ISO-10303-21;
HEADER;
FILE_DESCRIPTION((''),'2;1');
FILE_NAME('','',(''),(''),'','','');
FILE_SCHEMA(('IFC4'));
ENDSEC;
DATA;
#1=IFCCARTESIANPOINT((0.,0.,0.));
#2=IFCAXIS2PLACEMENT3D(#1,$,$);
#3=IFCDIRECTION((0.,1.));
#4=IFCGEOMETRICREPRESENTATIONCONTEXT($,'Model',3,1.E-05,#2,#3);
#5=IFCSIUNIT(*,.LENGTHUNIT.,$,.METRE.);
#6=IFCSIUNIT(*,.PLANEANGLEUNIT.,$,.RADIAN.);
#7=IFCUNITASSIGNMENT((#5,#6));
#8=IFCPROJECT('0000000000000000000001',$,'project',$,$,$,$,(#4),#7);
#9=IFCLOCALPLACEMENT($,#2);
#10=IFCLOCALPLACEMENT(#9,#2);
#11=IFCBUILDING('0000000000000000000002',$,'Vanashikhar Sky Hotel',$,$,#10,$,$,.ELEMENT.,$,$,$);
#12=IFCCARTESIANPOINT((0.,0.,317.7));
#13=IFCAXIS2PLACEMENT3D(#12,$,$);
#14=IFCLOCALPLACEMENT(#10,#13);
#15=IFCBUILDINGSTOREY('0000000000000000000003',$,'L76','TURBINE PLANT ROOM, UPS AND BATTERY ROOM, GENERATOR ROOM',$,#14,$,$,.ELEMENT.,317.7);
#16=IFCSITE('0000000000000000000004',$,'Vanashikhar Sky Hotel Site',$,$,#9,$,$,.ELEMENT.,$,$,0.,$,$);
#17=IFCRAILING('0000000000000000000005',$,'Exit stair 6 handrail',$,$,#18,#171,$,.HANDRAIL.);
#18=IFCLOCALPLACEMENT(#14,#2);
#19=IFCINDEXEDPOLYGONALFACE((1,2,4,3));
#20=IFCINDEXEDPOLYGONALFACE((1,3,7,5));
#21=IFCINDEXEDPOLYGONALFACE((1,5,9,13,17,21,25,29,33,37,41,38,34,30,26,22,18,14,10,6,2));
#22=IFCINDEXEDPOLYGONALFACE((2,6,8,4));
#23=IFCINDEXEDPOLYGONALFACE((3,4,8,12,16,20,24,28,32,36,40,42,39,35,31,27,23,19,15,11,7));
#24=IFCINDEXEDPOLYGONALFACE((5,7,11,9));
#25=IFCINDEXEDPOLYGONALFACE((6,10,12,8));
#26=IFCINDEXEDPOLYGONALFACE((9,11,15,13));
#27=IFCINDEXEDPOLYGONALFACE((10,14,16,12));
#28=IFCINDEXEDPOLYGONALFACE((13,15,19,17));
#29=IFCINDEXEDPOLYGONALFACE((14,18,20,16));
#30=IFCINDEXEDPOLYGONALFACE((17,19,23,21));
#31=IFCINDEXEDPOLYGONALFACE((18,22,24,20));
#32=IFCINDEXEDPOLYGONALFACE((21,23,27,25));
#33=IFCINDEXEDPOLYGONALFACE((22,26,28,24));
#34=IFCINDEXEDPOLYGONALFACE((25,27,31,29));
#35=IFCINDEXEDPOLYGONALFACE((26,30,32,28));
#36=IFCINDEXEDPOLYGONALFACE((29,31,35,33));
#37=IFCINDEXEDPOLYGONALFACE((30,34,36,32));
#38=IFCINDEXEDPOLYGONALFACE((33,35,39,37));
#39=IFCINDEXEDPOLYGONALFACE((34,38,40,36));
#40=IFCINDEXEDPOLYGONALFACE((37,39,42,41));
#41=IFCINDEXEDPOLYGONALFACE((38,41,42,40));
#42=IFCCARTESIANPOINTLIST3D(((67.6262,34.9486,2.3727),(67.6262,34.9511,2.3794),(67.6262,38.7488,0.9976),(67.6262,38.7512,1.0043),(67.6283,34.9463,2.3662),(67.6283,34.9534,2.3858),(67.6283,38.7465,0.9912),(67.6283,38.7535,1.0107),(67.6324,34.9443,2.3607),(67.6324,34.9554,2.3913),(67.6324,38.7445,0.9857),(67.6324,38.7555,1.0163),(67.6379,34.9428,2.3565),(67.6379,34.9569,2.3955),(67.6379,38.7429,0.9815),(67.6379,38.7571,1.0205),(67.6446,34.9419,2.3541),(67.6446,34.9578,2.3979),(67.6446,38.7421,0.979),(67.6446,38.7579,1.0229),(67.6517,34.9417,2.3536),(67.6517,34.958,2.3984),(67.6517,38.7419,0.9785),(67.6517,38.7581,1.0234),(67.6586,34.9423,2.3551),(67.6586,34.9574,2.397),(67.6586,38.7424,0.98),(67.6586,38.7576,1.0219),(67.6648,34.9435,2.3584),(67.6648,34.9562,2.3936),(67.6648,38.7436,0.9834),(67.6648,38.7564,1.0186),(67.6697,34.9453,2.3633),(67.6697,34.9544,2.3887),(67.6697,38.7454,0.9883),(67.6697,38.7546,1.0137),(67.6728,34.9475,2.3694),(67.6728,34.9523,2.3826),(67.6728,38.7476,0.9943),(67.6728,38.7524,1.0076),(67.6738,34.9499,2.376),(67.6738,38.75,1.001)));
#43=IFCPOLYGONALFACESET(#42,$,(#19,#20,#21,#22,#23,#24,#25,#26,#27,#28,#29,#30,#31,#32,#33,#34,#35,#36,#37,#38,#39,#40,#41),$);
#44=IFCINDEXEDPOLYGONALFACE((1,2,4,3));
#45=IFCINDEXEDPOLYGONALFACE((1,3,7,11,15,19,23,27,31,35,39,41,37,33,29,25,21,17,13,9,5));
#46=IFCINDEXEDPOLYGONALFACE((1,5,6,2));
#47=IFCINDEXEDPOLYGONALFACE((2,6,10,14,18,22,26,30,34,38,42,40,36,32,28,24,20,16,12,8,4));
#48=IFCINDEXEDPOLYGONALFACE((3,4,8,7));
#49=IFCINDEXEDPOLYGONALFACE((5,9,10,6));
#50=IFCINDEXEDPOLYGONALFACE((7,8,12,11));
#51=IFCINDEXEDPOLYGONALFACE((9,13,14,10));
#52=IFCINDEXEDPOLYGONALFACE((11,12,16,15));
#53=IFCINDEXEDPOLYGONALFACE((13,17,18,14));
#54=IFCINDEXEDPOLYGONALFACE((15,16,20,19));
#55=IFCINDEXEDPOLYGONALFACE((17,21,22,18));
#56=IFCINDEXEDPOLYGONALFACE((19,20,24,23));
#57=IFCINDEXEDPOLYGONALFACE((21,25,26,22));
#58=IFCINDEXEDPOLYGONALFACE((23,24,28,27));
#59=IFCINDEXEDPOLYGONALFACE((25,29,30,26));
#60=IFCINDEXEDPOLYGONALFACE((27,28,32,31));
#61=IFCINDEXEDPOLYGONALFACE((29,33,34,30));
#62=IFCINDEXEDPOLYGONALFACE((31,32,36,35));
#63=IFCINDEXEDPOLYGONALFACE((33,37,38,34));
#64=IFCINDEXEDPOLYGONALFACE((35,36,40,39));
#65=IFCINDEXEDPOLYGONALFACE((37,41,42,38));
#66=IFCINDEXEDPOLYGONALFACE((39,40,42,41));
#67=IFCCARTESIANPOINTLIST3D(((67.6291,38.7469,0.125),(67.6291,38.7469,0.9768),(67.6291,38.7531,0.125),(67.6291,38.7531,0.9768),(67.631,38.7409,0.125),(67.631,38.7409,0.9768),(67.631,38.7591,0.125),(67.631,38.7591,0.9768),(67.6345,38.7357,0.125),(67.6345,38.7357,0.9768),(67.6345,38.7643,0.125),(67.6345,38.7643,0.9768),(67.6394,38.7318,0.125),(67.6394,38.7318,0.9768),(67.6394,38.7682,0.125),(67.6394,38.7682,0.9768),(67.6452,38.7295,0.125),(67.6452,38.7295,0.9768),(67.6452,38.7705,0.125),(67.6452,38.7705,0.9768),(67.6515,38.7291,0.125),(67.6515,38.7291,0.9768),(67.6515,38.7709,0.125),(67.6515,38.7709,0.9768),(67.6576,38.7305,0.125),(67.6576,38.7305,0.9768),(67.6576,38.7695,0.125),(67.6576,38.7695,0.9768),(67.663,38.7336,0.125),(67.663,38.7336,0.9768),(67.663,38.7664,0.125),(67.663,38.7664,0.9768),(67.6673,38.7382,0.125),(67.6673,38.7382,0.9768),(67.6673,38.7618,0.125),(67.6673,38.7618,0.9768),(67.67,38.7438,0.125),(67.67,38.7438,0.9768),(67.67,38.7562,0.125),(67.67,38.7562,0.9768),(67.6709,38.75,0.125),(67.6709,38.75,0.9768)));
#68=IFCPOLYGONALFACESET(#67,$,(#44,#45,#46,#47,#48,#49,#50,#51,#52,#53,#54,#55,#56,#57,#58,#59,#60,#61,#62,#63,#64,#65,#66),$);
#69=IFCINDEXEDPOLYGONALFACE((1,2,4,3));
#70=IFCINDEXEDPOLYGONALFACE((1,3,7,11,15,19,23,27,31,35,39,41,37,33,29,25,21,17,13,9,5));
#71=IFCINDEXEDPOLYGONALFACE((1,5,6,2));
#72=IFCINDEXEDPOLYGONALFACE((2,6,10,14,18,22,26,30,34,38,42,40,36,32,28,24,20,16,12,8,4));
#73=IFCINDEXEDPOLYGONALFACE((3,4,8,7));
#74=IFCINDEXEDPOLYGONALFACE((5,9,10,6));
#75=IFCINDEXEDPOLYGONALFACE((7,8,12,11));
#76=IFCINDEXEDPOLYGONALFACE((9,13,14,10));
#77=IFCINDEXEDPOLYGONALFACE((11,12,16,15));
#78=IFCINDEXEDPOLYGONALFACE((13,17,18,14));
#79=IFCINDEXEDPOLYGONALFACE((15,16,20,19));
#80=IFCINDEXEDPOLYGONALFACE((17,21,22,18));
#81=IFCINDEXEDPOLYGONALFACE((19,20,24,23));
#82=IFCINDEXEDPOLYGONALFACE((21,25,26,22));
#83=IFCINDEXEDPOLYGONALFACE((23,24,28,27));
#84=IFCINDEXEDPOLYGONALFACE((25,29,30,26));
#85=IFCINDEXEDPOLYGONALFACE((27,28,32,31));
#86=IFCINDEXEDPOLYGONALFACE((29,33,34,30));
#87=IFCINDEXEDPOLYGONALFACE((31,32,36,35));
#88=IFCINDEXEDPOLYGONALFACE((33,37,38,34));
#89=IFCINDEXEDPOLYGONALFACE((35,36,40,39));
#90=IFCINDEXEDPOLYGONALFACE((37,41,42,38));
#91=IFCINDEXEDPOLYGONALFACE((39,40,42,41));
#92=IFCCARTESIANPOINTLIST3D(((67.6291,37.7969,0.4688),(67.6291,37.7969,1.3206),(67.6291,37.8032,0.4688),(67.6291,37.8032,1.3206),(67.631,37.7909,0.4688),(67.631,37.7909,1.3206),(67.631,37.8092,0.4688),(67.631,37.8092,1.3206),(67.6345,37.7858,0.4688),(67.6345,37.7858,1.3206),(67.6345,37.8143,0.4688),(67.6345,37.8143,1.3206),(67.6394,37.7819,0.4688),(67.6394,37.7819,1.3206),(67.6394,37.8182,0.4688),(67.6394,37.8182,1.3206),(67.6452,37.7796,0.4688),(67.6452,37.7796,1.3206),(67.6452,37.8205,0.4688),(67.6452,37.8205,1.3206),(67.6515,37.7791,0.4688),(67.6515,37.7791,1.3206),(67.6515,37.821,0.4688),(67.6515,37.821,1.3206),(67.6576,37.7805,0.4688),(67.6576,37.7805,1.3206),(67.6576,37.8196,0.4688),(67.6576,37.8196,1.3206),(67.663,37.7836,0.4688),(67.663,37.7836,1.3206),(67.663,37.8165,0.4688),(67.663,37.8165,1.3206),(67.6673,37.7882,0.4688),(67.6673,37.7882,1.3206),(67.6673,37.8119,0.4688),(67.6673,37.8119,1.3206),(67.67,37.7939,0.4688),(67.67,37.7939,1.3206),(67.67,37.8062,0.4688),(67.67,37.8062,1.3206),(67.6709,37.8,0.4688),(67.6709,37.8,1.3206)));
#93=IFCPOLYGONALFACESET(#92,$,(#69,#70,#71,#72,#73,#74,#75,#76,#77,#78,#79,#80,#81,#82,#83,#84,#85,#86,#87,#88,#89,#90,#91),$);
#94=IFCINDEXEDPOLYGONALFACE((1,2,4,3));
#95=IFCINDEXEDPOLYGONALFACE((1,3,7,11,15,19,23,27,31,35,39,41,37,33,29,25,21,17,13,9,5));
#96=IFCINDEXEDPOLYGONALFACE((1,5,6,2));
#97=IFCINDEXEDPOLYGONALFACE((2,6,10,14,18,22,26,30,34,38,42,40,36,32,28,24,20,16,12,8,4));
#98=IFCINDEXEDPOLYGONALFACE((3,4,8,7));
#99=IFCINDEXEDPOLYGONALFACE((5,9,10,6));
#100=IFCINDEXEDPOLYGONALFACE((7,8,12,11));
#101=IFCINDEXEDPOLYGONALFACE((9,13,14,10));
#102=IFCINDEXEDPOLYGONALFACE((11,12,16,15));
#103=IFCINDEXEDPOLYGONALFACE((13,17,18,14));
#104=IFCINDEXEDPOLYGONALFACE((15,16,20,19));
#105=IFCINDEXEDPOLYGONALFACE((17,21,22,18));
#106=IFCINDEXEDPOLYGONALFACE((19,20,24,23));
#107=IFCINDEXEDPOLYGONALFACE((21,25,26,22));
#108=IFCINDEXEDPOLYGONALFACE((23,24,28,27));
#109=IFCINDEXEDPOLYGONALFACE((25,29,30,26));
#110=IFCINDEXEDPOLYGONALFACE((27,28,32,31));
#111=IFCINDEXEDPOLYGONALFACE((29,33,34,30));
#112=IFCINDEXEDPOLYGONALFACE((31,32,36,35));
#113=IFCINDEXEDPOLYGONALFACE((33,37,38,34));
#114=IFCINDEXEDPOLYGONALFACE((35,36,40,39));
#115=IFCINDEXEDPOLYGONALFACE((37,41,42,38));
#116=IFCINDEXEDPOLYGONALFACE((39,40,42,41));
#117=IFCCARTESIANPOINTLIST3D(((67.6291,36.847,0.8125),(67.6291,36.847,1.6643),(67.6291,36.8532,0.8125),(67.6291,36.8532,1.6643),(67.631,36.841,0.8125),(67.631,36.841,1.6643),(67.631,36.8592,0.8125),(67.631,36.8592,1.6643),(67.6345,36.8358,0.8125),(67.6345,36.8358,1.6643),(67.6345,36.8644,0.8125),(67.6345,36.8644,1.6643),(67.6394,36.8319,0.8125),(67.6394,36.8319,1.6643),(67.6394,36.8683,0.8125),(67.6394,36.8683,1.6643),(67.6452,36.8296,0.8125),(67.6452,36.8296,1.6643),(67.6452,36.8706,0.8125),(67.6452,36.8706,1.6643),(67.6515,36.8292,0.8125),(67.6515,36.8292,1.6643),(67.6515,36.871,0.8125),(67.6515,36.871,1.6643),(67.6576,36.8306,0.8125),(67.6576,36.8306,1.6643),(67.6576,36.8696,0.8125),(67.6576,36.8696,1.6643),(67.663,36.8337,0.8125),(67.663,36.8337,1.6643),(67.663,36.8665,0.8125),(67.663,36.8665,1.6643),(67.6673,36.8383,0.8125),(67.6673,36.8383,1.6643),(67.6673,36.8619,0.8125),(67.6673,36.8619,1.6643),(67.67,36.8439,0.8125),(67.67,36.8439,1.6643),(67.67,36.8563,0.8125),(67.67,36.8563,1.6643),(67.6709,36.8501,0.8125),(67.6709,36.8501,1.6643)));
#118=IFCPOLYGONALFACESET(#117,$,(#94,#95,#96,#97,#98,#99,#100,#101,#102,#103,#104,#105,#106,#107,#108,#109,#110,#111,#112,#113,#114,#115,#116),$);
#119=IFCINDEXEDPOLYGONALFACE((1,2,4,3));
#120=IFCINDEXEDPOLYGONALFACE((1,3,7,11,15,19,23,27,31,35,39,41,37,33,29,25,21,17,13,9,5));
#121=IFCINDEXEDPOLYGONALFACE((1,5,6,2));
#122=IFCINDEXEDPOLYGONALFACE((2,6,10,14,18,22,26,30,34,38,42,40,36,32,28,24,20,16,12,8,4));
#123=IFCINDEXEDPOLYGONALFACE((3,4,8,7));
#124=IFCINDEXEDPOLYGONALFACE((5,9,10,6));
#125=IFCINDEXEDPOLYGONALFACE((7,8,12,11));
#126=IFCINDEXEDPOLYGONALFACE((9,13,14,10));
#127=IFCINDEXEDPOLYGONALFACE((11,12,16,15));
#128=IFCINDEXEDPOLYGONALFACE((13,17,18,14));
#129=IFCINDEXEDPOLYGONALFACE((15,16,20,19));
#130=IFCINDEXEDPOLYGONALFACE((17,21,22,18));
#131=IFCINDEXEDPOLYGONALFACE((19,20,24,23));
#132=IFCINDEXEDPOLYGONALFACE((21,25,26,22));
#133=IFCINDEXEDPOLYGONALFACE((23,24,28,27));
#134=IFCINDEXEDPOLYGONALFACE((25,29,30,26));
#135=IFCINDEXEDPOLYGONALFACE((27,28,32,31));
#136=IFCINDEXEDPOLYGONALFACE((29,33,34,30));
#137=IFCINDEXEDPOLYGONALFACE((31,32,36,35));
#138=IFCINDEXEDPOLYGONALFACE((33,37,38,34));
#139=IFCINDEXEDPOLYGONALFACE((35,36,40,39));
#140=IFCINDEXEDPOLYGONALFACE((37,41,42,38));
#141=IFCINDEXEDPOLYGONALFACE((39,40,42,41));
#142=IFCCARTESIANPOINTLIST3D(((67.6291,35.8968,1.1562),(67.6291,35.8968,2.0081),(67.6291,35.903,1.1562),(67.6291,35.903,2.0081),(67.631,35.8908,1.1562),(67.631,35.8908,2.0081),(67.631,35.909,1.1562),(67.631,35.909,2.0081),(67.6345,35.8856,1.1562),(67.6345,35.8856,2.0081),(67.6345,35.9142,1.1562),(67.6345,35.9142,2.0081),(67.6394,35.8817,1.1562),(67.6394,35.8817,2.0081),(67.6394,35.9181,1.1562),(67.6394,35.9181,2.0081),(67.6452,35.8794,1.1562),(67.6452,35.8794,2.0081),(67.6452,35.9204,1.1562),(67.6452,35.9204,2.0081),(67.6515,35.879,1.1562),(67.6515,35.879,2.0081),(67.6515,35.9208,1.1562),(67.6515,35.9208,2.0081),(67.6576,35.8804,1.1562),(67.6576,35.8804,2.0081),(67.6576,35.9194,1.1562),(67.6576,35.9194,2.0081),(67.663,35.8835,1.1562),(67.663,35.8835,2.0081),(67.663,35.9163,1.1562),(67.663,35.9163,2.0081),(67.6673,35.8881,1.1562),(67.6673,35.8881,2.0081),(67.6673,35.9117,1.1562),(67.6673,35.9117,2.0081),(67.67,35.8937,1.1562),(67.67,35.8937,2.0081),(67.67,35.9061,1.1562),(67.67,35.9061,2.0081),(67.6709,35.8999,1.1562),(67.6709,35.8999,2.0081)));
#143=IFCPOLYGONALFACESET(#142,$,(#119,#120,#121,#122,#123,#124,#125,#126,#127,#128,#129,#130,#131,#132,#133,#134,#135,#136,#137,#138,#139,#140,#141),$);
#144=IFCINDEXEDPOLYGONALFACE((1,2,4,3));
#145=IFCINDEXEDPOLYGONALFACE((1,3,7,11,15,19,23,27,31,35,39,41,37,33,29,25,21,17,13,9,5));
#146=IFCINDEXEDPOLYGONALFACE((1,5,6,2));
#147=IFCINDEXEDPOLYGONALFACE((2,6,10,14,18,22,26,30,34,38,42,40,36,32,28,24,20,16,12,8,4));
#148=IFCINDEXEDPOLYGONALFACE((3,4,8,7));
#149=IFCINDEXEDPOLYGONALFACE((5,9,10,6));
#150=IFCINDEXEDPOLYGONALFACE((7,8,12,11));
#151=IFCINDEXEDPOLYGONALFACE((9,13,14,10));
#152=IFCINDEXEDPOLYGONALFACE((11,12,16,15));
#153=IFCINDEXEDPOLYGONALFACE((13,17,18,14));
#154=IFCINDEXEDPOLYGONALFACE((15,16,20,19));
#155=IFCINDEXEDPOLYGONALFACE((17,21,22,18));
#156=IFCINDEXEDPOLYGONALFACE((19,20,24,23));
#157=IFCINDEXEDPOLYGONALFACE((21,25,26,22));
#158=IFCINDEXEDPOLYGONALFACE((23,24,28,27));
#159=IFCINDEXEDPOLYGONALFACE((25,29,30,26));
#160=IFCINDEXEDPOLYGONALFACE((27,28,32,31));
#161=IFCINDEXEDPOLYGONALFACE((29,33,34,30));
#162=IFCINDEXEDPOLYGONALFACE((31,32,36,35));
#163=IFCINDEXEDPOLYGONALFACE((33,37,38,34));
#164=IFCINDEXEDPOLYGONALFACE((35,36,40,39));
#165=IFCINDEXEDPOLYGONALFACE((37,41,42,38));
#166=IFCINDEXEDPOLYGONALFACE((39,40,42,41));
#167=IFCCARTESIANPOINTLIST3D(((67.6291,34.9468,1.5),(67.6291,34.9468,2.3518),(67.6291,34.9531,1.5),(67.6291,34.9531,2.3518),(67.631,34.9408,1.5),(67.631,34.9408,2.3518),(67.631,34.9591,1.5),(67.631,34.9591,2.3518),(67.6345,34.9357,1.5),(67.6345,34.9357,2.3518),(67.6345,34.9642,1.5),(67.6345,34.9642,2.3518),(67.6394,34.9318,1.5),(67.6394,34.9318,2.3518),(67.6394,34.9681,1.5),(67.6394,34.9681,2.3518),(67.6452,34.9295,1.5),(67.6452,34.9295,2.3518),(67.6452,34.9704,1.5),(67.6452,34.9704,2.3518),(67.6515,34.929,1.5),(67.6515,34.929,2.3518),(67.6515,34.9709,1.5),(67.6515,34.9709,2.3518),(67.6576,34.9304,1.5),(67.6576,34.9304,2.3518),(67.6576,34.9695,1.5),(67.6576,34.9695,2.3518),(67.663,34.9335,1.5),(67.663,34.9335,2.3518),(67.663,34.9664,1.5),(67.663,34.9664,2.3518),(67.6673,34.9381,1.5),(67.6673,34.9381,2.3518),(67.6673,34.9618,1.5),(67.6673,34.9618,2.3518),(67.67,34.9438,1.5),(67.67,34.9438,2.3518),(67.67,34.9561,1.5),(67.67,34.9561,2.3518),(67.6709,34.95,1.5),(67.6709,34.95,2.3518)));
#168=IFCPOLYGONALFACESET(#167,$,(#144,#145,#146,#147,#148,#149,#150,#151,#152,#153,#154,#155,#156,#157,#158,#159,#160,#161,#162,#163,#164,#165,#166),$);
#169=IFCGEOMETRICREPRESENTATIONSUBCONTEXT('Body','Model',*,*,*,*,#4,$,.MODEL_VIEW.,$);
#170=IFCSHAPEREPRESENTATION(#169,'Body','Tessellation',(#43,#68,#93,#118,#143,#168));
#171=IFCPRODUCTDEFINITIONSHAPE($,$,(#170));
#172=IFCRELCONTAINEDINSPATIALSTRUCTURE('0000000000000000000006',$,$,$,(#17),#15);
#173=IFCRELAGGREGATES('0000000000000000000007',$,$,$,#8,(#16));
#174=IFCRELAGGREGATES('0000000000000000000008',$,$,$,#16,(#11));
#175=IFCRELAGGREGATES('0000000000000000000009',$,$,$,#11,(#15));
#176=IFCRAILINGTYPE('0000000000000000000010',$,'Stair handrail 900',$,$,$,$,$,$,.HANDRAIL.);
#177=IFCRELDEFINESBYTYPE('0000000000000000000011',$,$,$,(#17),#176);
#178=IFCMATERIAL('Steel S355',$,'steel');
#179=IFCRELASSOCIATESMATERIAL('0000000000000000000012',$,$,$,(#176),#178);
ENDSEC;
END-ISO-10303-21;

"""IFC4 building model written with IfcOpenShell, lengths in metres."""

from ifc_helpers import new_model, si_unit, direction, frame, origin, origin_2d, place, context, subcontext, project, spatial, circle, extrude, source, transform, mapped, material, type_object, element, save


model = new_model("IFC4")

# Units and contexts
model_context = context("Model", 3, precision=1e-05, world=origin(), true_north=direction((0.0, 1.0)))
body_context = subcontext(model_context, "Body", "Model", "MODEL_VIEW")
ifc_project = project(units=[si_unit("LENGTHUNIT", "METRE"), si_unit("PLANEANGLEUNIT", "RADIAN")], contexts=[model_context])

# Site, building, storey
site_placement = place(None, origin())
site = spatial("IfcSite", under=ifc_project, at=site_placement, Name="Vanashikhar Sky Hotel Site", CompositionType="ELEMENT", RefElevation=0.0)
building_placement = place(site_placement, origin())
building = spatial("IfcBuilding", under=site, at=building_placement, Name="Vanashikhar Sky Hotel", CompositionType="ELEMENT")
storey_placement = place(building_placement, frame((0.0, 0.0, 317.7)))
storey = spatial("IfcBuildingStorey", under=building, at=storey_placement, Name="L76", Description="TURBINE PLANT ROOM, UPS AND BATTERY ROOM, GENERATOR ROOM", CompositionType="ELEMENT", Elevation=317.7)

# Railing
ifc_material_1 = material(Name="Steel S355", Category="steel")
railing_type = type_object("IfcRailingType", Name="Stair handrail 900", PredefinedType="HANDRAIL", material=ifc_material_1)
shared_shape_1 = source(origin(), body_context, "Body", "SweptSolid", [
    extrude(circle(Radius=0.0239, at=origin_2d()), frame((0.0, 0.0, 0.876), z_axis=(0.0, -0.940336, 0.340249), x_axis=(1.0, 0.0, 0.0)), (0.0, 0.0, 1.0), 4.0413),
    extrude(circle(Radius=0.021, at=origin_2d()), origin(), (0.0, 0.0, 1.0), 0.8518),
    extrude(circle(Radius=0.021, at=origin_2d()), frame((0.0, -0.95, 0.3438)), (0.0, 0.0, 1.0), 0.8518),
    extrude(circle(Radius=0.021, at=origin_2d()), frame((0.0, -1.8999, 0.6875)), (0.0, 0.0, 1.0), 0.8518),
    extrude(circle(Radius=0.021, at=origin_2d()), frame((0.0, -2.8501, 1.0312)), (0.0, 0.0, 1.0), 0.8518),
    extrude(circle(Radius=0.021, at=origin_2d()), frame((0.0, -3.8, 1.375)), (0.0, 0.0, 1.0), 0.8518),
])
railing_placement = place(storey_placement, frame((67.6499, 38.75, 0.125)))
element("IfcRailing", 1, at=railing_placement, inside=storey, type_object=railing_type, Name="Exit stair 6 handrail", PredefinedType="HANDRAIL", context=body_context, shape_type="MappedRepresentation", body=[
    mapped(shared_shape_1, transform((0.0, 0.0, 0.0), scale=1.0)),
])

save(model, "model.ifc")
